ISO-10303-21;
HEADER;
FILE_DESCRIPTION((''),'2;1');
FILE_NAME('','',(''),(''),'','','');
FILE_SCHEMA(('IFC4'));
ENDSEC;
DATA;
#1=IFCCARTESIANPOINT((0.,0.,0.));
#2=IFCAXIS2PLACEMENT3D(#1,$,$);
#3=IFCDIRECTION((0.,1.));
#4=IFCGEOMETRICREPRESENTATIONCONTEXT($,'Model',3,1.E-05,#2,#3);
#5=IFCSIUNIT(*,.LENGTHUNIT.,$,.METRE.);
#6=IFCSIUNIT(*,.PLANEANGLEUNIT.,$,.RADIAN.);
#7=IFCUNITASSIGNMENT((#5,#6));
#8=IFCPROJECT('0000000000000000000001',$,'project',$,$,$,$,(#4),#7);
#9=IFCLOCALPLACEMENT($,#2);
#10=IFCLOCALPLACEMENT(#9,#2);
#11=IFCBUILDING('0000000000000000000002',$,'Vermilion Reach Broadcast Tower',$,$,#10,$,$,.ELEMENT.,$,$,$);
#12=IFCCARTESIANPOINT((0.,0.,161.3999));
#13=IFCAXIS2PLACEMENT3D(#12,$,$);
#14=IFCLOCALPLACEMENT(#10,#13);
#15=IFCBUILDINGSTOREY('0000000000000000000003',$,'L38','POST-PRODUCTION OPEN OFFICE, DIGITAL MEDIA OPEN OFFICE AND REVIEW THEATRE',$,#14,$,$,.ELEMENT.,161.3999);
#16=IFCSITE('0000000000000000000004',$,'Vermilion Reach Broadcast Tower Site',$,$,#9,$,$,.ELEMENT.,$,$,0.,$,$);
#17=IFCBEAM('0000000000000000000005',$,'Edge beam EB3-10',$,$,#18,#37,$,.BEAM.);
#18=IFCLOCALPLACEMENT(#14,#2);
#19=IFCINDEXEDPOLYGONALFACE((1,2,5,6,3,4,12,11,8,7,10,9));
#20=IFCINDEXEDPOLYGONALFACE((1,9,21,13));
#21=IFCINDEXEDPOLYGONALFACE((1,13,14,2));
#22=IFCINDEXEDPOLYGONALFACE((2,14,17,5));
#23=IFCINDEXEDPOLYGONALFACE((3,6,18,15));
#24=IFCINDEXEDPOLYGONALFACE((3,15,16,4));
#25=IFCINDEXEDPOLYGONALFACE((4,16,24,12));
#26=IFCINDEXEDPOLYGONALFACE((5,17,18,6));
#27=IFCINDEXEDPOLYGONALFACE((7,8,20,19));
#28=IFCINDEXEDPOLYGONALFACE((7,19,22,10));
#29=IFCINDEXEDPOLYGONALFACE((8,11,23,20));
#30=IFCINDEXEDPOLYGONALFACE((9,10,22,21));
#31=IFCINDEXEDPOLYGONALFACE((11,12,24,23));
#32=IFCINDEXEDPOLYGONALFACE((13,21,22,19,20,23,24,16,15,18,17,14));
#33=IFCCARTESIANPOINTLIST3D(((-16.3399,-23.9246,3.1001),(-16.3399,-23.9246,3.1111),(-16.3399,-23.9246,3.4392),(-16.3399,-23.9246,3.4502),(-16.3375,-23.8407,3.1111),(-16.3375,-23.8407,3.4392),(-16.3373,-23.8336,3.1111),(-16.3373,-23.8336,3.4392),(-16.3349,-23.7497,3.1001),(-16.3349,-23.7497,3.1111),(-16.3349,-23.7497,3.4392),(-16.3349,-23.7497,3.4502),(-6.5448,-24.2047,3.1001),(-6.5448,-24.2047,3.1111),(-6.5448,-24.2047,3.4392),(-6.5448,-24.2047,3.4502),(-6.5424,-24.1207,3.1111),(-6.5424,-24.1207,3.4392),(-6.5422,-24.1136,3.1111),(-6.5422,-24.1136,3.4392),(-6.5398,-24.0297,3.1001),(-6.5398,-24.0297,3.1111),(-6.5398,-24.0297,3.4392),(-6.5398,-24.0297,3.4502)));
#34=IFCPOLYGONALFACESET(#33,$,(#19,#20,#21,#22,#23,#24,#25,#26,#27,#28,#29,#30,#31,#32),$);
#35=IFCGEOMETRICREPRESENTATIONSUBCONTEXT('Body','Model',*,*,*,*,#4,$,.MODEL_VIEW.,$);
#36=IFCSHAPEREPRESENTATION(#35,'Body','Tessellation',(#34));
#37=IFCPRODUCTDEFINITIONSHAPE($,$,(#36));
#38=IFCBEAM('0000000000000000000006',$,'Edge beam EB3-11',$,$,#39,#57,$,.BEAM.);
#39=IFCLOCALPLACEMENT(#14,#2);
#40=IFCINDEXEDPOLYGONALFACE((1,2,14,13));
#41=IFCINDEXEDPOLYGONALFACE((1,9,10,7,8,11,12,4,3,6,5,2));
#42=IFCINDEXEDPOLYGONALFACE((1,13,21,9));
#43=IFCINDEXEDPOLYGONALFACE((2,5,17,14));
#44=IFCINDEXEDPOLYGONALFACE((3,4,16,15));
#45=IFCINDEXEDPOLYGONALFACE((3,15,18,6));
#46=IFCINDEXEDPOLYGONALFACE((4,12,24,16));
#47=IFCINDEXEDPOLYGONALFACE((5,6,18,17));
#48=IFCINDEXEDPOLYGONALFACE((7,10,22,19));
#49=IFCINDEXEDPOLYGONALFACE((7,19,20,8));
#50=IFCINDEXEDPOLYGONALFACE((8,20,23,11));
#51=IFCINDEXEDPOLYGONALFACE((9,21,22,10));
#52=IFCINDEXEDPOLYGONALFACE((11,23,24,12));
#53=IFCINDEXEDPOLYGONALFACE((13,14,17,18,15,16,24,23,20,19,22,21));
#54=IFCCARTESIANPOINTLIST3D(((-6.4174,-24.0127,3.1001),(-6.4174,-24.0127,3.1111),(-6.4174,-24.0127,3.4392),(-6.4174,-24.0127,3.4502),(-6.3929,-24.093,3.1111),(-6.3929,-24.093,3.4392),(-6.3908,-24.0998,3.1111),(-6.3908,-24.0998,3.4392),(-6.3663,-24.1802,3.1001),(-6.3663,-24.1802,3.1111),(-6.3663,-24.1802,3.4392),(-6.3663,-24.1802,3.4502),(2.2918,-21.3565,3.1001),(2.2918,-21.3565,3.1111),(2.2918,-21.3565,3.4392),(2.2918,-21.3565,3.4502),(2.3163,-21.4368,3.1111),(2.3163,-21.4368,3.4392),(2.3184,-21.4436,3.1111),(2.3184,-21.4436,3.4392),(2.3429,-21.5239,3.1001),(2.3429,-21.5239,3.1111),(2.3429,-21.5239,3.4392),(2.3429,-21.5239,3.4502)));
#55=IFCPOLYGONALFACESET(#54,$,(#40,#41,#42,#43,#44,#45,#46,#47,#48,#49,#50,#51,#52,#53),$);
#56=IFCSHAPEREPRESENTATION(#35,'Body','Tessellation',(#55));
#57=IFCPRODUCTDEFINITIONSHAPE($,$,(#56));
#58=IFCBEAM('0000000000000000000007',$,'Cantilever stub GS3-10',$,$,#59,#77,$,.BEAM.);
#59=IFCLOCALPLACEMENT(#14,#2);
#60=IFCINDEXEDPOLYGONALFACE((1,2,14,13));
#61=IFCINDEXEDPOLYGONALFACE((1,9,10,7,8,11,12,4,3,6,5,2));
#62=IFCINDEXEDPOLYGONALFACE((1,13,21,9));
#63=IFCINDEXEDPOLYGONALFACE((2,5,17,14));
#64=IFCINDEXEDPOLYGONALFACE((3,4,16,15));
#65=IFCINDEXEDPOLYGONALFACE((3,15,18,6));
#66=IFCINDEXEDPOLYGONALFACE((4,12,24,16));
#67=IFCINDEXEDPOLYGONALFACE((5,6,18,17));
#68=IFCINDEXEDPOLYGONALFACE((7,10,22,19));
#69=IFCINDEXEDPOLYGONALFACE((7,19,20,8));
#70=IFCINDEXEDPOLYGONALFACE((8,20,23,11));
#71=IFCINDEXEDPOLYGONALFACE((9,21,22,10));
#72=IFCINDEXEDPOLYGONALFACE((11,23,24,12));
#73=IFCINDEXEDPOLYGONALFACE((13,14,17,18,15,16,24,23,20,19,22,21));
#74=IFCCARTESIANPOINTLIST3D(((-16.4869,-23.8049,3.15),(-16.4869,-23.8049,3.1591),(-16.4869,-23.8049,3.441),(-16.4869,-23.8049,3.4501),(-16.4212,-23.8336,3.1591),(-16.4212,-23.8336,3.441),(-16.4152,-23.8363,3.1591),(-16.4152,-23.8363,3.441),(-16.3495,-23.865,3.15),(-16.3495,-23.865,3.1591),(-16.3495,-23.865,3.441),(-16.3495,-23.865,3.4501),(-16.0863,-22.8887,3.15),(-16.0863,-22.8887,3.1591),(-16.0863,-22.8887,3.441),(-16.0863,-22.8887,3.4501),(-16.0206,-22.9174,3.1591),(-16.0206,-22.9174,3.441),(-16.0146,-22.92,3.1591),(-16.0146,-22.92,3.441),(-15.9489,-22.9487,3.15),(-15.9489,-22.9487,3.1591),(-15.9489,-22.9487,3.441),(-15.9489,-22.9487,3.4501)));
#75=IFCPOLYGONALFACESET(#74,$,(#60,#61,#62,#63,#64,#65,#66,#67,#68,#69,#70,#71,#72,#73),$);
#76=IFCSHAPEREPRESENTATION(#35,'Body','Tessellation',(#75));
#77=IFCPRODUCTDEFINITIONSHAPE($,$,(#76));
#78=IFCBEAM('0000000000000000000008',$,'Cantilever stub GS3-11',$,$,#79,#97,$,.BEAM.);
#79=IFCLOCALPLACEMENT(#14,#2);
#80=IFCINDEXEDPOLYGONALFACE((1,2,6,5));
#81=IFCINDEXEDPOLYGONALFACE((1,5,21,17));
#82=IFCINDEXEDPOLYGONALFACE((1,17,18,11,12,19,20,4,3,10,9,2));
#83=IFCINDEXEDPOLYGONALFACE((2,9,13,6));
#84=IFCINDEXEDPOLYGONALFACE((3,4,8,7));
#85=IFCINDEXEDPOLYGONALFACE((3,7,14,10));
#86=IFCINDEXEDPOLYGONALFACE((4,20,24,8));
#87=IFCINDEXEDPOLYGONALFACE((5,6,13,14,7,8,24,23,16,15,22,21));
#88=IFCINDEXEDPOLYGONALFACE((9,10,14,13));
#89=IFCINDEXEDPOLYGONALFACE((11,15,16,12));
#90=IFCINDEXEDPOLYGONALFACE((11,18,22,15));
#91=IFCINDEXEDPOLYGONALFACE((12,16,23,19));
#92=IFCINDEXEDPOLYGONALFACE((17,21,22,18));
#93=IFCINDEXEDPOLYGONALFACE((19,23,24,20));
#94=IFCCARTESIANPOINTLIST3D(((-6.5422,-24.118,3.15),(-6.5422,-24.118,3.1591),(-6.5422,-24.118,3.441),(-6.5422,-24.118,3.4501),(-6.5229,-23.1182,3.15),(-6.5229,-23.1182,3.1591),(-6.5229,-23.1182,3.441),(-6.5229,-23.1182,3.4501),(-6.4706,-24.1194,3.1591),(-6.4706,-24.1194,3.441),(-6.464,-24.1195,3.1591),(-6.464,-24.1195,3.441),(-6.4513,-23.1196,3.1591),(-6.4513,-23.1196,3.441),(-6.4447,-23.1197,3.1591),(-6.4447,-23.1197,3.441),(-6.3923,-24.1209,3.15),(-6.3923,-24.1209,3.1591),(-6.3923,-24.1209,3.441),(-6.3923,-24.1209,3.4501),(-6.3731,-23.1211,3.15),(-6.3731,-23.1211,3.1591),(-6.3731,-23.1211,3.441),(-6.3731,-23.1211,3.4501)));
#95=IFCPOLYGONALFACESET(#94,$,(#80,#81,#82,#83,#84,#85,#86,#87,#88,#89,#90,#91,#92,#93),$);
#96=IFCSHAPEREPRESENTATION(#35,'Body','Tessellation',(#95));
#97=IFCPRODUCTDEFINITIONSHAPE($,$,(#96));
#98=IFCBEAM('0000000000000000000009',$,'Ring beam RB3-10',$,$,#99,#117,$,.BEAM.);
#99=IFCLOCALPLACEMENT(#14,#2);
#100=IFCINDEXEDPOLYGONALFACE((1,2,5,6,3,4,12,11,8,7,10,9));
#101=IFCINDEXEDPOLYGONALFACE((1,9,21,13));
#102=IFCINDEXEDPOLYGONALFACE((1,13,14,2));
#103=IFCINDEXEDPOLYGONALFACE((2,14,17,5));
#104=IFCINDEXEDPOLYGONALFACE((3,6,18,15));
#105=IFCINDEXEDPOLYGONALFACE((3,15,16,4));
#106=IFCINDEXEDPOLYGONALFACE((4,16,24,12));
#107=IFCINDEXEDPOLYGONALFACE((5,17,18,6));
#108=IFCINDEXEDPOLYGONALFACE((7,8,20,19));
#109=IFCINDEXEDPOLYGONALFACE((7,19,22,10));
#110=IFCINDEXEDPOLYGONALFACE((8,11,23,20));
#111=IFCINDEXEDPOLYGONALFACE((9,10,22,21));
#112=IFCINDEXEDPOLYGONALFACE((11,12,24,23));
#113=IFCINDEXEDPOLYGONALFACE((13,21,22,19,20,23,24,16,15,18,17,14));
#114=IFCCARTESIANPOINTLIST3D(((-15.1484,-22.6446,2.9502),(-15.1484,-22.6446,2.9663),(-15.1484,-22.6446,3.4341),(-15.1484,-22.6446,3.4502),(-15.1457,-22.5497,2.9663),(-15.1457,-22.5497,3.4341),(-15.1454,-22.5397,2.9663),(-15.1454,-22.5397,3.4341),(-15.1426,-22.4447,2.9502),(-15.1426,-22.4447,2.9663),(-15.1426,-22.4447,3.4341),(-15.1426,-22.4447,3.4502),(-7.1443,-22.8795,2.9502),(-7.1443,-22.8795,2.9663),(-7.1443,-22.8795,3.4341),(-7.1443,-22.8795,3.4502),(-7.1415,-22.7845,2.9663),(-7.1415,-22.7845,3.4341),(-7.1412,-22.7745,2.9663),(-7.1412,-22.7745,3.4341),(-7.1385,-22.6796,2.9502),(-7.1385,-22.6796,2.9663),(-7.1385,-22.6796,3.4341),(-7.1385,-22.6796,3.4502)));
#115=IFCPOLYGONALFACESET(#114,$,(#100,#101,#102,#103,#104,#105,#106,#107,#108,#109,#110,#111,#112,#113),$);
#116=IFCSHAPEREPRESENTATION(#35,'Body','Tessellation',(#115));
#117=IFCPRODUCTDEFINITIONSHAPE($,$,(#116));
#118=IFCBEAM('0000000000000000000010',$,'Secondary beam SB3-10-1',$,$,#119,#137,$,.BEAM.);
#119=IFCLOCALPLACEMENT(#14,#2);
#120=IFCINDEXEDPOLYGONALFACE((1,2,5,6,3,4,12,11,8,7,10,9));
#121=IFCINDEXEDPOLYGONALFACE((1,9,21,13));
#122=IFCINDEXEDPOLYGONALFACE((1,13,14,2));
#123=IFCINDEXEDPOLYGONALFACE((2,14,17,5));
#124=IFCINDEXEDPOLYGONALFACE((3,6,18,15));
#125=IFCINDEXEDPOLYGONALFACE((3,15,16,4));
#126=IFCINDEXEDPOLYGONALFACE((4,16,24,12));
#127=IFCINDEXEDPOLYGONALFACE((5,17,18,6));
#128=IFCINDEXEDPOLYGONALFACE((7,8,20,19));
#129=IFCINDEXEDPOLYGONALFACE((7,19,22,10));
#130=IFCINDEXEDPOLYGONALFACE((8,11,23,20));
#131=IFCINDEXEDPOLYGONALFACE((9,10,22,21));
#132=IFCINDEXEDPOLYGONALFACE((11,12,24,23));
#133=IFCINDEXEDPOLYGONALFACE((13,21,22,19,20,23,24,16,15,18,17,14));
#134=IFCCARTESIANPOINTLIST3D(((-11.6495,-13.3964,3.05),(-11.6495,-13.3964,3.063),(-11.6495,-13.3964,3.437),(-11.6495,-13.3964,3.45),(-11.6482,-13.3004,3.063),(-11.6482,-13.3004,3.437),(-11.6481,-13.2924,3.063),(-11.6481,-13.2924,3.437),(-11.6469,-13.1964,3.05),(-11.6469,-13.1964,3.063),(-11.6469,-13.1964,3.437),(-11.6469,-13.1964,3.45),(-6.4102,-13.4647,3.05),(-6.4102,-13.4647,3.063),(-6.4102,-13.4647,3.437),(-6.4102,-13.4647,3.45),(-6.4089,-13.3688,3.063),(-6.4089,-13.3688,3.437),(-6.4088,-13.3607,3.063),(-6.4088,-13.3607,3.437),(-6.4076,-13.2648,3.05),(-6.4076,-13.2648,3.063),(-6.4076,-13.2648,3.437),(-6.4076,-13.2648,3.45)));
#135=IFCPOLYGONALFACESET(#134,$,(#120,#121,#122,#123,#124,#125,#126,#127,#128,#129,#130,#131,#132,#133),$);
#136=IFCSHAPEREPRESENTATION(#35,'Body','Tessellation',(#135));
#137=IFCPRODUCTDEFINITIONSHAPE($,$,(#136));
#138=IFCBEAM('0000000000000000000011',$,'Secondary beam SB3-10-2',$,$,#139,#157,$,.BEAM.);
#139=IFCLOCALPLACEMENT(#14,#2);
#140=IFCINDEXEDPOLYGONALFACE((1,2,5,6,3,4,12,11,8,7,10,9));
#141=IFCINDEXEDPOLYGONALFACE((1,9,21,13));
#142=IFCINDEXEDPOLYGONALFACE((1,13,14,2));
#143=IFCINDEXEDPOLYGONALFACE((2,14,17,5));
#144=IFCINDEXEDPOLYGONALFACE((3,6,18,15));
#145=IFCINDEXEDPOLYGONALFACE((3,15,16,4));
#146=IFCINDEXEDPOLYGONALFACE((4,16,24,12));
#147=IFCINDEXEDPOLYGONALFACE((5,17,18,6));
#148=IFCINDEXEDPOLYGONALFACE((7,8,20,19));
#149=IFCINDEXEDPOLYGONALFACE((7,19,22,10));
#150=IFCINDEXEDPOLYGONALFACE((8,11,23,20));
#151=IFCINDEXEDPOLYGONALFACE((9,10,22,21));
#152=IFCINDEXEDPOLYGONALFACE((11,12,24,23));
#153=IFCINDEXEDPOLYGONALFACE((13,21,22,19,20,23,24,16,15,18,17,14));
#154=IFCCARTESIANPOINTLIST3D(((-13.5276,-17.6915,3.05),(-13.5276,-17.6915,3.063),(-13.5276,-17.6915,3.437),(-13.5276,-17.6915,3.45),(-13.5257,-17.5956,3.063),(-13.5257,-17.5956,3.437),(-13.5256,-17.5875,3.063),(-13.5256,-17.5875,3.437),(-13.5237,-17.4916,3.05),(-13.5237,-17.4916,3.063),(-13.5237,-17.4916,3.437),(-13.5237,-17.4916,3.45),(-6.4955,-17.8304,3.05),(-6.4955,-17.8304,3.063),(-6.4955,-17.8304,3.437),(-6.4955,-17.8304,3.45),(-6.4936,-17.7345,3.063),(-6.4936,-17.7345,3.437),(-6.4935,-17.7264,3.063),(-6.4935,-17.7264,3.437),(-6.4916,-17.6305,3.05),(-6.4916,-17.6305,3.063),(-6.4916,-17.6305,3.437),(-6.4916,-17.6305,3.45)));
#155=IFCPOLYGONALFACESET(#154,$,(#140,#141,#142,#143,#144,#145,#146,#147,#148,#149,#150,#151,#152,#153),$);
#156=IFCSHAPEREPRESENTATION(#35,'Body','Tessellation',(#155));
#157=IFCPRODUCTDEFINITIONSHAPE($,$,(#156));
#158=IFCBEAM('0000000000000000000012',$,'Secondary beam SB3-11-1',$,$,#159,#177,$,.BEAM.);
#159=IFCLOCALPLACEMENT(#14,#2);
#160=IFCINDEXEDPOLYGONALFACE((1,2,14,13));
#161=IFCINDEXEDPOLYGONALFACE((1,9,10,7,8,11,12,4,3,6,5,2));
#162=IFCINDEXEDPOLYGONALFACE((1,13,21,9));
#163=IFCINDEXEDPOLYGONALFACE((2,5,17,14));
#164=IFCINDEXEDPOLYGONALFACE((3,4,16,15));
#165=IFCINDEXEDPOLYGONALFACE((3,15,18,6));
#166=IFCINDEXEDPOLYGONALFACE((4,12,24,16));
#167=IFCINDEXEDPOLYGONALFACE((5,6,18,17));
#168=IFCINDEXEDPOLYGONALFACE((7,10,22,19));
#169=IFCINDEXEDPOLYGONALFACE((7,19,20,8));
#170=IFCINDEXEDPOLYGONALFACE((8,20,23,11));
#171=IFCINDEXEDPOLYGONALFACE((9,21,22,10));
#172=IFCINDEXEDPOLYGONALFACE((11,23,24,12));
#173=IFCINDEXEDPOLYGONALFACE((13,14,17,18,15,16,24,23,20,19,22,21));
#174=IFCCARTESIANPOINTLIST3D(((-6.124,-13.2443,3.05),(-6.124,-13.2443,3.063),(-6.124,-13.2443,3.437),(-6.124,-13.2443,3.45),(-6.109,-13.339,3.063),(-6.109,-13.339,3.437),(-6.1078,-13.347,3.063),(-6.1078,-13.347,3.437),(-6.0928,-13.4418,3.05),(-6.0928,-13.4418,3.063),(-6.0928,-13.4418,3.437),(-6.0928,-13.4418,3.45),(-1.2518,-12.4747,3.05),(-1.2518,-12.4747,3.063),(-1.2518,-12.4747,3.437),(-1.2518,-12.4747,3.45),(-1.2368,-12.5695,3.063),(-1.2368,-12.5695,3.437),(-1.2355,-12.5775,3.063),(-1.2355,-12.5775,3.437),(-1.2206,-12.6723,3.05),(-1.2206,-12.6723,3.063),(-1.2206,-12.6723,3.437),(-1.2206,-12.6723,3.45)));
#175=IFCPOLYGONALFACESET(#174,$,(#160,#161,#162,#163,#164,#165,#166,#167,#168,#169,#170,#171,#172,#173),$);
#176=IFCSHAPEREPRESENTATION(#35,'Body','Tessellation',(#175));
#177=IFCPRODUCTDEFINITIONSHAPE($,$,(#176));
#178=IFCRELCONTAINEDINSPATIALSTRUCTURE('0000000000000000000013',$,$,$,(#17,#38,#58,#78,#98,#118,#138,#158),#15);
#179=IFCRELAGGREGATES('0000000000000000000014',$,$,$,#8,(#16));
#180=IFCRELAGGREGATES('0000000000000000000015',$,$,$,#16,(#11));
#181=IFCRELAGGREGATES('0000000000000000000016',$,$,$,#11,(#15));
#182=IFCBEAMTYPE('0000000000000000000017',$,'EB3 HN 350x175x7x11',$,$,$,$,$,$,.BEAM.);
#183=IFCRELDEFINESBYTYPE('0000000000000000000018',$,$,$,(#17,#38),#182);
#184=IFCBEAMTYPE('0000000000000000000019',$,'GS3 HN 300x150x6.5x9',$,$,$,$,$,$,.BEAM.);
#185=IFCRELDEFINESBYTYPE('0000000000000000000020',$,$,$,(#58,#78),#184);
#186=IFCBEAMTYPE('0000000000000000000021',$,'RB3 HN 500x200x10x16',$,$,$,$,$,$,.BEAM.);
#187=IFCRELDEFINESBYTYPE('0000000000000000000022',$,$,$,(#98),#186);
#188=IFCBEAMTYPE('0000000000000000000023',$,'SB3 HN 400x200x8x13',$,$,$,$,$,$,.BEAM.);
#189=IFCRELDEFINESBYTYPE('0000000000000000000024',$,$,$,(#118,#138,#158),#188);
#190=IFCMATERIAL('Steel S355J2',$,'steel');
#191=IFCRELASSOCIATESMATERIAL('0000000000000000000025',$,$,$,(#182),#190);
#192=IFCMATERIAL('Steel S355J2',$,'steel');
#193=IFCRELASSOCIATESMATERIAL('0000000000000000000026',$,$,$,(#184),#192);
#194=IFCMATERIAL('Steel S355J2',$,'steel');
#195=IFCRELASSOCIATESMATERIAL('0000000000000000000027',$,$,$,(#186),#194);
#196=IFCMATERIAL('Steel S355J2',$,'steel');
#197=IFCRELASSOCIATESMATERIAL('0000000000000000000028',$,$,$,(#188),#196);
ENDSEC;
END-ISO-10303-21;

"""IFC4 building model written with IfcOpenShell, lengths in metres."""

from ifc_helpers import new_model, si_unit, direction, frame, origin, origin_2d, place, context, subcontext, project, spatial, i_section, extrude, material, material_profile, profile_set, type_object, element, save


model = new_model("IFC4")

# Units and contexts
model_context = context("Model", 3, precision=1e-05, world=origin(), true_north=direction((0.0, 1.0)))
body_context = subcontext(model_context, "Body", "Model", "MODEL_VIEW")
ifc_project = project(units=[si_unit("LENGTHUNIT", "METRE"), si_unit("PLANEANGLEUNIT", "RADIAN")], contexts=[model_context])

# Site, building, storey
site_placement = place(None, origin())
site = spatial("IfcSite", under=ifc_project, at=site_placement, Name="Vermilion Reach Broadcast Tower Site", CompositionType="ELEMENT", RefElevation=0.0)
building_placement = place(site_placement, origin())
building = spatial("IfcBuilding", under=site, at=building_placement, Name="Vermilion Reach Broadcast Tower", CompositionType="ELEMENT")
storey_placement = place(building_placement, frame((0.0, 0.0, 161.3999)))
storey = spatial("IfcBuildingStorey", under=building, at=storey_placement, Name="L38", Description="POST-PRODUCTION OPEN OFFICE, DIGITAL MEDIA OPEN OFFICE AND REVIEW THEATRE", CompositionType="ELEMENT", Elevation=161.3999)

# Beams
ifc_material_1 = material(Name="Steel S355J2", Category="steel")
ifc_material_profile_1 = material_profile(ifc_material_1, i_section(OverallWidth=0.175, OverallDepth=0.3501, WebThickness=0.0071, FlangeThickness=0.011, at=origin_2d()), Name="S355J2 HN 350x175x7x11")
ifc_profile_set_1 = profile_set([ifc_material_profile_1], Name="Steel S355J2")
beam_type_1 = type_object("IfcBeamType", Name="EB3 HN 350x175x7x11", PredefinedType="BEAM", material=ifc_profile_set_1)
beam_1_placement = place(storey_placement, frame((-16.3374, -23.8372, 3.2751), z_axis=(0.999592, -0.028577, 0.0), x_axis=(0.028577, 0.999592, 0.0)))
element("IfcBeam", 1, at=beam_1_placement, inside=storey, type_object=beam_type_1, Name="Edge beam EB3-10", PredefinedType="BEAM", context=body_context, shape_type="SweptSolid", body=[
    extrude(i_section(OverallWidth=0.175, OverallDepth=0.3501, WebThickness=0.0071, FlangeThickness=0.011, at=origin_2d()), origin(), (0.0, 0.0, 1.0), 9.7991),
])
beam_2_placement = place(storey_placement, frame((-6.3918, -24.0964, 3.2751), z_axis=(0.956502, 0.291726, 0.0), x_axis=(-0.291726, 0.956502, 0.0)))
element("IfcBeam", 2, at=beam_2_placement, inside=storey, type_object=beam_type_1, Name="Edge beam EB3-11", PredefinedType="BEAM", context=body_context, shape_type="SweptSolid", body=[
    extrude(i_section(OverallWidth=0.175, OverallDepth=0.3501, WebThickness=0.0071, FlangeThickness=0.011, at=origin_2d()), origin(), (0.0, 0.0, 1.0), 9.1052),
])
ifc_material_2 = material(Name="Steel S355J2", Category="steel")
ifc_material_profile_2 = material_profile(ifc_material_2, i_section(OverallWidth=0.1499, OverallDepth=0.3, WebThickness=0.0066, FlangeThickness=0.009, at=origin_2d()), Name="S355J2 HN 300x150x6.5x9")
ifc_profile_set_2 = profile_set([ifc_material_profile_2], Name="Steel S355J2")
beam_type_2 = type_object("IfcBeamType", Name="GS3 HN 300x150x6.5x9", PredefinedType="BEAM", material=ifc_profile_set_2)
for number, where, z_axis, x_axis, name in (
    (3, (-16.0176, -22.9187, 3.3), (-0.400627, -0.916241, 0.0), (0.916241, -0.400627, 0.0), "Cantilever stub GS3-10"),
    (4, (-6.448, -23.1196, 3.3), (-0.019288, -0.999814, 0.0), (0.999814, -0.019288, 0.0), "Cantilever stub GS3-11"),
):
    element("IfcBeam", number, at=place(storey_placement, frame(where, z_axis=z_axis, x_axis=x_axis)), inside=storey, type_object=beam_type_2, Name=name, PredefinedType="BEAM", context=body_context, shape_type="SweptSolid", body=[
        extrude(i_section(OverallWidth=0.1499, OverallDepth=0.3, WebThickness=0.0066, FlangeThickness=0.009, at=origin_2d()), origin(), (0.0, 0.0, 1.0), 1.0),
    ])
ifc_material_3 = material(Name="Steel S355J2", Category="steel")
ifc_material_profile_3 = material_profile(ifc_material_3, i_section(OverallWidth=0.2, OverallDepth=0.5, WebThickness=0.01, FlangeThickness=0.0161, at=origin_2d()), Name="S355J2 HN 500x200x10x16")
ifc_profile_set_3 = profile_set([ifc_material_profile_3], Name="Steel S355J2")
beam_type_3 = type_object("IfcBeamType", Name="RB3 HN 500x200x10x16", PredefinedType="BEAM", material=ifc_profile_set_3)
beam_3_placement = place(storey_placement, frame((-15.1455, -22.5447, 3.2002), z_axis=(0.99957, -0.02933, 0.0), x_axis=(0.02933, 0.99957, 0.0)))
element("IfcBeam", 5, at=beam_3_placement, inside=storey, type_object=beam_type_3, Name="Ring beam RB3-10", PredefinedType="BEAM", context=body_context, shape_type="SweptSolid", body=[
    extrude(i_section(OverallWidth=0.2, OverallDepth=0.5, WebThickness=0.01, FlangeThickness=0.0161, at=origin_2d()), origin(), (0.0, 0.0, 1.0), 8.0076),
])
ifc_material_4 = material(Name="Steel S355J2", Category="steel")
ifc_material_profile_4 = material_profile(ifc_material_4, i_section(OverallWidth=0.2, OverallDepth=0.3999, WebThickness=0.0081, FlangeThickness=0.0129, at=origin_2d()), Name="S355J2 HN 400x200x8x13")
ifc_profile_set_4 = profile_set([ifc_material_profile_4], Name="Steel S355J2")
beam_type_4 = type_object("IfcBeamType", Name="SB3 HN 400x200x8x13", PredefinedType="BEAM", material=ifc_profile_set_4)
beam_4_placement = place(storey_placement, frame((-11.6482, -13.2964, 3.25), z_axis=(0.999915, -0.013046, 0.0), x_axis=(0.013046, 0.999915, 0.0)))
element("IfcBeam", 6, at=beam_4_placement, inside=storey, type_object=beam_type_4, Name="Secondary beam SB3-10-1", PredefinedType="BEAM", context=body_context, shape_type="SweptSolid", body=[
    extrude(i_section(OverallWidth=0.2, OverallDepth=0.3999, WebThickness=0.0081, FlangeThickness=0.0129, at=origin_2d()), origin(), (0.0, 0.0, 1.0), 5.2397),
])
beam_5_placement = place(storey_placement, frame((-13.5256, -17.5916, 3.25), z_axis=(0.999805, -0.019751, 0.0), x_axis=(0.019751, 0.999805, 0.0)))
element("IfcBeam", 7, at=beam_5_placement, inside=storey, type_object=beam_type_4, Name="Secondary beam SB3-10-2", PredefinedType="BEAM", context=body_context, shape_type="SweptSolid", body=[
    extrude(i_section(OverallWidth=0.2, OverallDepth=0.3999, WebThickness=0.0081, FlangeThickness=0.0129, at=origin_2d()), origin(), (0.0, 0.0, 1.0), 7.0334),
])
beam_6_placement = place(storey_placement, frame((-6.1084, -13.343, 3.25), z_axis=(0.987756, 0.156006, 0.0), x_axis=(-0.156006, 0.987756, 0.0)))
element("IfcBeam", 8, at=beam_6_placement, inside=storey, type_object=beam_type_4, Name="Secondary beam SB3-11-1", PredefinedType="BEAM", context=body_context, shape_type="SweptSolid", body=[
    extrude(i_section(OverallWidth=0.2, OverallDepth=0.3999, WebThickness=0.0081, FlangeThickness=0.0129, at=origin_2d()), origin(), (0.0, 0.0, 1.0), 4.9326),
])

save(model, "model.ifc")
